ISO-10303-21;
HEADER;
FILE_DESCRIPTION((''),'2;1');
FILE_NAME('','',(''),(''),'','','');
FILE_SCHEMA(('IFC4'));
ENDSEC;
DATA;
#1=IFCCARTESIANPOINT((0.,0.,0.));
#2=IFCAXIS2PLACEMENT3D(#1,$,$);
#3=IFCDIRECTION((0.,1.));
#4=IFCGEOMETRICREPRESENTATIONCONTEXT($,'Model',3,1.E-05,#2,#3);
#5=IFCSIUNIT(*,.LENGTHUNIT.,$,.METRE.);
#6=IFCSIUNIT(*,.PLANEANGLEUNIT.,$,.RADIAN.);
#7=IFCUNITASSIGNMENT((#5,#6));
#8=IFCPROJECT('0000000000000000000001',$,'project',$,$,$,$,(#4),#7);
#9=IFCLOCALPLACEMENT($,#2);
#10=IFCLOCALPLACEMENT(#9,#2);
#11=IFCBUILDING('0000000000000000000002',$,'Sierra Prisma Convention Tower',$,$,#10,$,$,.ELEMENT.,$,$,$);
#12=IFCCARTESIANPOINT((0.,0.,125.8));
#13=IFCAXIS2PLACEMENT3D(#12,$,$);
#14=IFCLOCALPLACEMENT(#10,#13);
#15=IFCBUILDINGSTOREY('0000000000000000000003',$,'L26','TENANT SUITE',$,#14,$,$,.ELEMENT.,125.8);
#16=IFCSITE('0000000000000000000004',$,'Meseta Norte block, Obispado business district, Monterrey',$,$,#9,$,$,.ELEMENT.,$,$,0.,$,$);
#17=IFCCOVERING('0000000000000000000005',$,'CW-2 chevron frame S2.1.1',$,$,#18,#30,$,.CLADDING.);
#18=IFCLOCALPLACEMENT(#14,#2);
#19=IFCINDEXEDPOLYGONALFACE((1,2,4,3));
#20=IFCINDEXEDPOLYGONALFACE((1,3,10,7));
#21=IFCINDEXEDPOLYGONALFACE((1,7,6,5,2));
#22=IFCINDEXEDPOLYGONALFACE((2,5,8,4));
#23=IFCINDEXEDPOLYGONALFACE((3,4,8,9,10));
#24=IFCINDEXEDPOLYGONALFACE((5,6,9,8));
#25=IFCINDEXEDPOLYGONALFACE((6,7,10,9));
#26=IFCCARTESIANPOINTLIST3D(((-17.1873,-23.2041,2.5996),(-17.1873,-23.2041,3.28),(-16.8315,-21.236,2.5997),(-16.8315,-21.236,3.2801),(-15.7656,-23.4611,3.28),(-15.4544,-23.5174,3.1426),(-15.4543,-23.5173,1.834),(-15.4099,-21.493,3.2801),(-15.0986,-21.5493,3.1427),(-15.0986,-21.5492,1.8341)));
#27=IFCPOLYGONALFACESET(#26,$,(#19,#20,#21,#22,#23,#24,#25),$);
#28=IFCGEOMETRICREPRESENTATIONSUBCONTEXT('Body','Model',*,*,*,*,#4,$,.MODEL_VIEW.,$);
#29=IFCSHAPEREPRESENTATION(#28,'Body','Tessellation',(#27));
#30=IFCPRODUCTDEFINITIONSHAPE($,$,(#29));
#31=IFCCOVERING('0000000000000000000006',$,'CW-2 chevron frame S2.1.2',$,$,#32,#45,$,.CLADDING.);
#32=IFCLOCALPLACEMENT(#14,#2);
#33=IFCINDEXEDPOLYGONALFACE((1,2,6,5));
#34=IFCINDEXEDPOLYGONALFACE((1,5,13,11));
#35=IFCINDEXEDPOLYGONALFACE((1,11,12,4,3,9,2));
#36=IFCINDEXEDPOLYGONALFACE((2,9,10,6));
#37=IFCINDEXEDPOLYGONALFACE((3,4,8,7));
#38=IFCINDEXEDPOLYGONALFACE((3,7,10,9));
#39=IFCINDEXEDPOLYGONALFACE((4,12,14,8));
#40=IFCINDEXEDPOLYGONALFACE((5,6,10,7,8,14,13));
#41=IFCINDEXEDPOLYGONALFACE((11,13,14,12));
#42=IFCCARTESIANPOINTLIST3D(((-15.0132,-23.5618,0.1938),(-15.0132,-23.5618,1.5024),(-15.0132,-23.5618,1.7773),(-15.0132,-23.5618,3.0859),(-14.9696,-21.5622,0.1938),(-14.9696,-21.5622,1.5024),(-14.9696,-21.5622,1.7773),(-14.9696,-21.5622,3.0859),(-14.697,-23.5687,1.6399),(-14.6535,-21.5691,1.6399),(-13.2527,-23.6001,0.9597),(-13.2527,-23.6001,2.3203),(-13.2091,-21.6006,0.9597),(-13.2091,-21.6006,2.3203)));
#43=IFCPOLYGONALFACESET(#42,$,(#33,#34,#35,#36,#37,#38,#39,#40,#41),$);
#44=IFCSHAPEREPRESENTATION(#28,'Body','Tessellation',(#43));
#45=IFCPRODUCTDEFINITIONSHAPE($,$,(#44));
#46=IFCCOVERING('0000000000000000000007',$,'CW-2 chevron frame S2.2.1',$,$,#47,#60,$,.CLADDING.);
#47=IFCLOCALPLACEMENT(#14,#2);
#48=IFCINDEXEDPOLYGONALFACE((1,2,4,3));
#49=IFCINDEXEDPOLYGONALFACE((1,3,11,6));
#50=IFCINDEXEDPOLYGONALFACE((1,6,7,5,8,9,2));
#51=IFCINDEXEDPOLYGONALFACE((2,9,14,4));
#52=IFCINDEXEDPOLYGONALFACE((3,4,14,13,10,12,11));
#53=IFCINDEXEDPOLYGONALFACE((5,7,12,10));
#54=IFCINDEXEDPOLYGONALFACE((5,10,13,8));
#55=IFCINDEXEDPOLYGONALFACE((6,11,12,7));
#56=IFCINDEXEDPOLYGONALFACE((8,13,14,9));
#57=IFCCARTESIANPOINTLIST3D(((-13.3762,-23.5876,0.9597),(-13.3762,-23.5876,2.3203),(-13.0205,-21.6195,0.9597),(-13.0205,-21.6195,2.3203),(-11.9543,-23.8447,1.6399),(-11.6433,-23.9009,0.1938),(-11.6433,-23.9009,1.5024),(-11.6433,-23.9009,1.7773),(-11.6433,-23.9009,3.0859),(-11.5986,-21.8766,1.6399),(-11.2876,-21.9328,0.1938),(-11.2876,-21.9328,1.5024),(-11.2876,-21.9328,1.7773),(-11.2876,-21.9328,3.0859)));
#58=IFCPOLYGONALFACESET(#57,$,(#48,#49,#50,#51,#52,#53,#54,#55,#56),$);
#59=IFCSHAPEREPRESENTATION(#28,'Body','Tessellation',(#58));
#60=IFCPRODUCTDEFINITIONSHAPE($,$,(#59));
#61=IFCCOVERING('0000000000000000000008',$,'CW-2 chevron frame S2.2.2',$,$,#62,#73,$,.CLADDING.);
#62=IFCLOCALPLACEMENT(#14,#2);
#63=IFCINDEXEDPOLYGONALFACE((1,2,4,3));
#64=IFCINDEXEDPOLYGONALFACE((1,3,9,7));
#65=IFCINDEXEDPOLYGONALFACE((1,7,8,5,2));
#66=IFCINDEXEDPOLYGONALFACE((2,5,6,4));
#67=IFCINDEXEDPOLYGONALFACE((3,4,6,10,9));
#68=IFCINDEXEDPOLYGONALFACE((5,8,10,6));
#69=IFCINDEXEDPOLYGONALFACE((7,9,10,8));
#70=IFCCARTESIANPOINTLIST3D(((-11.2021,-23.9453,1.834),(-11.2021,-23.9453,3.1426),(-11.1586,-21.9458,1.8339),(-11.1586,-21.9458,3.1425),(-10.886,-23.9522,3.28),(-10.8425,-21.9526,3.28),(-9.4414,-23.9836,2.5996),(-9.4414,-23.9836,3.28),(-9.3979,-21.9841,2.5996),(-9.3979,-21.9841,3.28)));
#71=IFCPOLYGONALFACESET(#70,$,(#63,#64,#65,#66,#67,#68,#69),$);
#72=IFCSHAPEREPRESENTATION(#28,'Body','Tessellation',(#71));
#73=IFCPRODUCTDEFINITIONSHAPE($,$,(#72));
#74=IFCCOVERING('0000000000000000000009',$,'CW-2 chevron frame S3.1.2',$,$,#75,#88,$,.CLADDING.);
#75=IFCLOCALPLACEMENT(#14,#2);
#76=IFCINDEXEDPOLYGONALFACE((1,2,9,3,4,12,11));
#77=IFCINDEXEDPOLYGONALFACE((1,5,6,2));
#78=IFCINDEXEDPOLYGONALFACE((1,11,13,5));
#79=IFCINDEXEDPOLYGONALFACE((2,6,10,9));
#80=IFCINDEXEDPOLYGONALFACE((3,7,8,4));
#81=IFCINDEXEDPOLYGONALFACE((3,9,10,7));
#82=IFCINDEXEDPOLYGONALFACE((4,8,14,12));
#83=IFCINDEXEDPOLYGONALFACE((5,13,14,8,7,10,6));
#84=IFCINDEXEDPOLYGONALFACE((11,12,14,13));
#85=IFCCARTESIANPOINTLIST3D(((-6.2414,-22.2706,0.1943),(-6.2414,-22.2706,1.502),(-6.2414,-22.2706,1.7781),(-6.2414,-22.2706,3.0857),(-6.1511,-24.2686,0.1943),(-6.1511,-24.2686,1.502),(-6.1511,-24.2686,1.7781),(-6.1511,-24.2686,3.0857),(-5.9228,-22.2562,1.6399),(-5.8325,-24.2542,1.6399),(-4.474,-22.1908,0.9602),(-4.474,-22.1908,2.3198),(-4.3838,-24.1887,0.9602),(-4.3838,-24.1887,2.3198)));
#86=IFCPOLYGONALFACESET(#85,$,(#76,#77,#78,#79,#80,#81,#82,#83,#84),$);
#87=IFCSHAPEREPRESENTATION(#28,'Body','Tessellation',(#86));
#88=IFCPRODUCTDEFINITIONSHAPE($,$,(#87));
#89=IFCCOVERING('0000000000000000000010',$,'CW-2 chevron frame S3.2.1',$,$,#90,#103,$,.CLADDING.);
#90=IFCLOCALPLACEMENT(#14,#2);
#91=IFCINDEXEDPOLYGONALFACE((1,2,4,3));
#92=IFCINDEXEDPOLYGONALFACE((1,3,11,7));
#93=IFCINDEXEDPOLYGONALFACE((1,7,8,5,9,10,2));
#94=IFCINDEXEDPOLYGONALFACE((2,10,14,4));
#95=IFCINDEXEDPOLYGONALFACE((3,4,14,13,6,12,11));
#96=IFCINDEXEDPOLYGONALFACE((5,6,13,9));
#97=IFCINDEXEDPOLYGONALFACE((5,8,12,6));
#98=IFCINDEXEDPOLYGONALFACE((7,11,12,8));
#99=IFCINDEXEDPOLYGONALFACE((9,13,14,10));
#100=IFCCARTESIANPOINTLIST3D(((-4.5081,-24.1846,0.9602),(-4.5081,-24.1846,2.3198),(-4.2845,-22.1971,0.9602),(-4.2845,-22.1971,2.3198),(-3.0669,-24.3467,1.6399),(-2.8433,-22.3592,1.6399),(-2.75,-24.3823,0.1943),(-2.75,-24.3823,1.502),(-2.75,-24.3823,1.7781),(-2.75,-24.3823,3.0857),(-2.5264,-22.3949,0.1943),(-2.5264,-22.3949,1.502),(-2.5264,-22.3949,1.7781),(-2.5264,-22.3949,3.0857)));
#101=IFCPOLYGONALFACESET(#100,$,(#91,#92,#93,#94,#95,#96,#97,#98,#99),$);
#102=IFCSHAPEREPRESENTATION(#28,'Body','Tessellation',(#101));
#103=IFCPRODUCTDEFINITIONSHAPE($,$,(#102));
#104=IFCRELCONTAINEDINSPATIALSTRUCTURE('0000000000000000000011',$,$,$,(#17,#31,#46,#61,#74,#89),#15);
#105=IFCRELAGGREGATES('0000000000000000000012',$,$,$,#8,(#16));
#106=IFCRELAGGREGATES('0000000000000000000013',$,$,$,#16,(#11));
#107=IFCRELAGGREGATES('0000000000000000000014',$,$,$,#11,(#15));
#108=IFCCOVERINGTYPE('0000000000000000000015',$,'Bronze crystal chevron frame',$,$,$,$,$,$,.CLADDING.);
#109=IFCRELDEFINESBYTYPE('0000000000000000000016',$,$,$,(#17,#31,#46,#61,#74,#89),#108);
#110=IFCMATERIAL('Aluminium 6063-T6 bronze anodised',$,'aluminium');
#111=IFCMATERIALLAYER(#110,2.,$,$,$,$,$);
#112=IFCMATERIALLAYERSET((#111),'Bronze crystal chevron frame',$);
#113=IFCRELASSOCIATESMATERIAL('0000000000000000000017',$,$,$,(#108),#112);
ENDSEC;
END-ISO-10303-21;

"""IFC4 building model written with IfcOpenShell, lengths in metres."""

from ifc_helpers import new_model, si_unit, direction, frame, origin, place, context, subcontext, project, spatial, polyline, outline, extrude, material, layer, layer_set, type_object, element, save


model = new_model("IFC4")

# Units and contexts
model_context = context("Model", 3, precision=1e-05, world=origin(), true_north=direction((0.0, 1.0)))
body_context = subcontext(model_context, "Body", "Model", "MODEL_VIEW")
ifc_project = project(units=[si_unit("LENGTHUNIT", "METRE"), si_unit("PLANEANGLEUNIT", "RADIAN")], contexts=[model_context])

# Site, building, storey
site_placement = place(None, origin())
site = spatial("IfcSite", under=ifc_project, at=site_placement, Name="Meseta Norte block, Obispado business district, Monterrey", CompositionType="ELEMENT", RefElevation=0.0)
building_placement = place(site_placement, origin())
building = spatial("IfcBuilding", under=site, at=building_placement, Name="Sierra Prisma Convention Tower", CompositionType="ELEMENT")
storey_placement = place(building_placement, frame((0.0, 0.0, 125.8)))
storey = spatial("IfcBuildingStorey", under=building, at=storey_placement, Name="L26", Description="TENANT SUITE", CompositionType="ELEMENT", Elevation=125.8)

# Coverings
ifc_material_1 = material(Name="Aluminium 6063-T6 bronze anodised", Category="aluminium")
ifc_layer_1 = layer(ifc_material_1, 2.0)
ifc_layer_set_1 = layer_set([ifc_layer_1], Name="Bronze crystal chevron frame")
covering_type = type_object("IfcCoveringType", Name="Bronze crystal chevron frame", PredefinedType="CLADDING", material=ifc_layer_set_1)
covering_1_placement = place(storey_placement, frame((-17.1873, -23.2041, 2.5996), z_axis=(-0.177877, -0.984053, -0.000053), x_axis=(0.902454, -0.163106, -0.398716)))
element("IfcCovering", 1, at=covering_1_placement, inside=storey, type_object=covering_type, Name="CW-2 chevron frame S2.1.1", PredefinedType="CLADDING", context=body_context, shape_type="SweptSolid", body=[
    extrude(outline(polyline([(0.0, 0.0), (1.9202, 0.0), (1.3985, 1.2001), (1.0536, 1.2), (-0.2713, 0.624), (0.0, 0.0)])), origin(), (0.0, 0.0, -1.0), 2.0),
])
covering_2_placement = place(storey_placement, frame((-15.0132, -23.5618, 1.5024), z_axis=(-0.021769, -0.999763, 0.0), x_axis=(0.0, 0.0, -1.0)))
element("IfcCovering", 2, at=covering_2_placement, inside=storey, type_object=covering_type, Name="CW-2 chevron frame S2.1.2", PredefinedType="CLADDING", context=body_context, shape_type="SweptSolid", body=[
    extrude(outline(polyline([(0.0, 0.0), (1.3086, 0.0), (0.5427, 1.7609), (-0.8179, 1.7609), (-1.5835, 0.0), (-0.2749, 0.0), (-0.1375, 0.3162), (0.0, 0.0)])), origin(), (0.0, 0.0, -1.0), 2.0),
])
covering_3_placement = place(storey_placement, frame((-13.3762, -23.5876, 0.9597), z_axis=(-0.177875, -0.984053, 0.0), x_axis=(0.902404, -0.163117, -0.398823)))
element("IfcCovering", 3, at=covering_3_placement, inside=storey, type_object=covering_type, Name="CW-2 chevron frame S2.2.1", PredefinedType="CLADDING", context=body_context, shape_type="SweptSolid", body=[
    extrude(outline(polyline([(0.0, 0.0), (1.9203, 0.0), (1.3984, 1.2), (1.0538, 1.2), (1.2888, 1.4521), (0.7669, 2.6521), (-0.5426, 1.2477), (0.0, 0.0)])), origin(), (0.0, 0.0, -1.0), 2.0),
])
covering_4_placement = place(storey_placement, frame((-11.2021, -23.9453, 1.834), z_axis=(-0.021766, -0.999763, 0.000022), x_axis=(0.916871, -0.019952, 0.398684)))
element("IfcCovering", 4, at=covering_4_placement, inside=storey, type_object=covering_type, Name="CW-2 chevron frame S2.2.2", PredefinedType="CLADDING", context=body_context, shape_type="SweptSolid", body=[
    extrude(outline(polyline([(0.0, 0.0), (1.9204, 0.0), (2.1917, 0.624), (0.8665, 1.2001), (0.5217, 1.2001), (0.0, 0.0)])), origin(), (0.0, 0.0, -1.0), 2.0),
])
covering_5_placement = place(storey_placement, frame((-6.1511, -24.2686, 1.502), z_axis=(0.045126, -0.998981, 0.0), x_axis=(0.0, 0.0, -1.0)))
element("IfcCovering", 5, at=covering_5_placement, inside=storey, type_object=covering_type, Name="CW-2 chevron frame S3.1.2", PredefinedType="CLADDING", context=body_context, shape_type="SweptSolid", body=[
    extrude(outline(polyline([(0.0, 0.0), (1.3076, 0.0), (0.5417, 1.7691), (-0.8179, 1.7691), (-1.5837, 0.0), (-0.2761, 0.0), (-0.1379, 0.3189), (0.0, 0.0)])), origin(), (0.0, 0.0, -1.0), 2.0),
])
covering_6_placement = place(storey_placement, frame((-4.5081, -24.1846, 0.9602), z_axis=(-0.111779, -0.993733, 0.0), x_axis=(0.911948, -0.10258, -0.397276)))
element("IfcCovering", 6, at=covering_6_placement, inside=storey, type_object=covering_type, Name="CW-2 chevron frame S3.2.1", PredefinedType="CLADDING", context=body_context, shape_type="SweptSolid", body=[
    extrude(outline(polyline([(0.0, 0.0), (1.9278, 0.0), (1.4083, 1.2), (1.0609, 1.1999), (1.2986, 1.4534), (0.7791, 2.6534), (-0.5401, 1.2477), (0.0, 0.0)])), origin(), (0.0, 0.0, -1.0), 2.0),
])

save(model, "model.ifc")
